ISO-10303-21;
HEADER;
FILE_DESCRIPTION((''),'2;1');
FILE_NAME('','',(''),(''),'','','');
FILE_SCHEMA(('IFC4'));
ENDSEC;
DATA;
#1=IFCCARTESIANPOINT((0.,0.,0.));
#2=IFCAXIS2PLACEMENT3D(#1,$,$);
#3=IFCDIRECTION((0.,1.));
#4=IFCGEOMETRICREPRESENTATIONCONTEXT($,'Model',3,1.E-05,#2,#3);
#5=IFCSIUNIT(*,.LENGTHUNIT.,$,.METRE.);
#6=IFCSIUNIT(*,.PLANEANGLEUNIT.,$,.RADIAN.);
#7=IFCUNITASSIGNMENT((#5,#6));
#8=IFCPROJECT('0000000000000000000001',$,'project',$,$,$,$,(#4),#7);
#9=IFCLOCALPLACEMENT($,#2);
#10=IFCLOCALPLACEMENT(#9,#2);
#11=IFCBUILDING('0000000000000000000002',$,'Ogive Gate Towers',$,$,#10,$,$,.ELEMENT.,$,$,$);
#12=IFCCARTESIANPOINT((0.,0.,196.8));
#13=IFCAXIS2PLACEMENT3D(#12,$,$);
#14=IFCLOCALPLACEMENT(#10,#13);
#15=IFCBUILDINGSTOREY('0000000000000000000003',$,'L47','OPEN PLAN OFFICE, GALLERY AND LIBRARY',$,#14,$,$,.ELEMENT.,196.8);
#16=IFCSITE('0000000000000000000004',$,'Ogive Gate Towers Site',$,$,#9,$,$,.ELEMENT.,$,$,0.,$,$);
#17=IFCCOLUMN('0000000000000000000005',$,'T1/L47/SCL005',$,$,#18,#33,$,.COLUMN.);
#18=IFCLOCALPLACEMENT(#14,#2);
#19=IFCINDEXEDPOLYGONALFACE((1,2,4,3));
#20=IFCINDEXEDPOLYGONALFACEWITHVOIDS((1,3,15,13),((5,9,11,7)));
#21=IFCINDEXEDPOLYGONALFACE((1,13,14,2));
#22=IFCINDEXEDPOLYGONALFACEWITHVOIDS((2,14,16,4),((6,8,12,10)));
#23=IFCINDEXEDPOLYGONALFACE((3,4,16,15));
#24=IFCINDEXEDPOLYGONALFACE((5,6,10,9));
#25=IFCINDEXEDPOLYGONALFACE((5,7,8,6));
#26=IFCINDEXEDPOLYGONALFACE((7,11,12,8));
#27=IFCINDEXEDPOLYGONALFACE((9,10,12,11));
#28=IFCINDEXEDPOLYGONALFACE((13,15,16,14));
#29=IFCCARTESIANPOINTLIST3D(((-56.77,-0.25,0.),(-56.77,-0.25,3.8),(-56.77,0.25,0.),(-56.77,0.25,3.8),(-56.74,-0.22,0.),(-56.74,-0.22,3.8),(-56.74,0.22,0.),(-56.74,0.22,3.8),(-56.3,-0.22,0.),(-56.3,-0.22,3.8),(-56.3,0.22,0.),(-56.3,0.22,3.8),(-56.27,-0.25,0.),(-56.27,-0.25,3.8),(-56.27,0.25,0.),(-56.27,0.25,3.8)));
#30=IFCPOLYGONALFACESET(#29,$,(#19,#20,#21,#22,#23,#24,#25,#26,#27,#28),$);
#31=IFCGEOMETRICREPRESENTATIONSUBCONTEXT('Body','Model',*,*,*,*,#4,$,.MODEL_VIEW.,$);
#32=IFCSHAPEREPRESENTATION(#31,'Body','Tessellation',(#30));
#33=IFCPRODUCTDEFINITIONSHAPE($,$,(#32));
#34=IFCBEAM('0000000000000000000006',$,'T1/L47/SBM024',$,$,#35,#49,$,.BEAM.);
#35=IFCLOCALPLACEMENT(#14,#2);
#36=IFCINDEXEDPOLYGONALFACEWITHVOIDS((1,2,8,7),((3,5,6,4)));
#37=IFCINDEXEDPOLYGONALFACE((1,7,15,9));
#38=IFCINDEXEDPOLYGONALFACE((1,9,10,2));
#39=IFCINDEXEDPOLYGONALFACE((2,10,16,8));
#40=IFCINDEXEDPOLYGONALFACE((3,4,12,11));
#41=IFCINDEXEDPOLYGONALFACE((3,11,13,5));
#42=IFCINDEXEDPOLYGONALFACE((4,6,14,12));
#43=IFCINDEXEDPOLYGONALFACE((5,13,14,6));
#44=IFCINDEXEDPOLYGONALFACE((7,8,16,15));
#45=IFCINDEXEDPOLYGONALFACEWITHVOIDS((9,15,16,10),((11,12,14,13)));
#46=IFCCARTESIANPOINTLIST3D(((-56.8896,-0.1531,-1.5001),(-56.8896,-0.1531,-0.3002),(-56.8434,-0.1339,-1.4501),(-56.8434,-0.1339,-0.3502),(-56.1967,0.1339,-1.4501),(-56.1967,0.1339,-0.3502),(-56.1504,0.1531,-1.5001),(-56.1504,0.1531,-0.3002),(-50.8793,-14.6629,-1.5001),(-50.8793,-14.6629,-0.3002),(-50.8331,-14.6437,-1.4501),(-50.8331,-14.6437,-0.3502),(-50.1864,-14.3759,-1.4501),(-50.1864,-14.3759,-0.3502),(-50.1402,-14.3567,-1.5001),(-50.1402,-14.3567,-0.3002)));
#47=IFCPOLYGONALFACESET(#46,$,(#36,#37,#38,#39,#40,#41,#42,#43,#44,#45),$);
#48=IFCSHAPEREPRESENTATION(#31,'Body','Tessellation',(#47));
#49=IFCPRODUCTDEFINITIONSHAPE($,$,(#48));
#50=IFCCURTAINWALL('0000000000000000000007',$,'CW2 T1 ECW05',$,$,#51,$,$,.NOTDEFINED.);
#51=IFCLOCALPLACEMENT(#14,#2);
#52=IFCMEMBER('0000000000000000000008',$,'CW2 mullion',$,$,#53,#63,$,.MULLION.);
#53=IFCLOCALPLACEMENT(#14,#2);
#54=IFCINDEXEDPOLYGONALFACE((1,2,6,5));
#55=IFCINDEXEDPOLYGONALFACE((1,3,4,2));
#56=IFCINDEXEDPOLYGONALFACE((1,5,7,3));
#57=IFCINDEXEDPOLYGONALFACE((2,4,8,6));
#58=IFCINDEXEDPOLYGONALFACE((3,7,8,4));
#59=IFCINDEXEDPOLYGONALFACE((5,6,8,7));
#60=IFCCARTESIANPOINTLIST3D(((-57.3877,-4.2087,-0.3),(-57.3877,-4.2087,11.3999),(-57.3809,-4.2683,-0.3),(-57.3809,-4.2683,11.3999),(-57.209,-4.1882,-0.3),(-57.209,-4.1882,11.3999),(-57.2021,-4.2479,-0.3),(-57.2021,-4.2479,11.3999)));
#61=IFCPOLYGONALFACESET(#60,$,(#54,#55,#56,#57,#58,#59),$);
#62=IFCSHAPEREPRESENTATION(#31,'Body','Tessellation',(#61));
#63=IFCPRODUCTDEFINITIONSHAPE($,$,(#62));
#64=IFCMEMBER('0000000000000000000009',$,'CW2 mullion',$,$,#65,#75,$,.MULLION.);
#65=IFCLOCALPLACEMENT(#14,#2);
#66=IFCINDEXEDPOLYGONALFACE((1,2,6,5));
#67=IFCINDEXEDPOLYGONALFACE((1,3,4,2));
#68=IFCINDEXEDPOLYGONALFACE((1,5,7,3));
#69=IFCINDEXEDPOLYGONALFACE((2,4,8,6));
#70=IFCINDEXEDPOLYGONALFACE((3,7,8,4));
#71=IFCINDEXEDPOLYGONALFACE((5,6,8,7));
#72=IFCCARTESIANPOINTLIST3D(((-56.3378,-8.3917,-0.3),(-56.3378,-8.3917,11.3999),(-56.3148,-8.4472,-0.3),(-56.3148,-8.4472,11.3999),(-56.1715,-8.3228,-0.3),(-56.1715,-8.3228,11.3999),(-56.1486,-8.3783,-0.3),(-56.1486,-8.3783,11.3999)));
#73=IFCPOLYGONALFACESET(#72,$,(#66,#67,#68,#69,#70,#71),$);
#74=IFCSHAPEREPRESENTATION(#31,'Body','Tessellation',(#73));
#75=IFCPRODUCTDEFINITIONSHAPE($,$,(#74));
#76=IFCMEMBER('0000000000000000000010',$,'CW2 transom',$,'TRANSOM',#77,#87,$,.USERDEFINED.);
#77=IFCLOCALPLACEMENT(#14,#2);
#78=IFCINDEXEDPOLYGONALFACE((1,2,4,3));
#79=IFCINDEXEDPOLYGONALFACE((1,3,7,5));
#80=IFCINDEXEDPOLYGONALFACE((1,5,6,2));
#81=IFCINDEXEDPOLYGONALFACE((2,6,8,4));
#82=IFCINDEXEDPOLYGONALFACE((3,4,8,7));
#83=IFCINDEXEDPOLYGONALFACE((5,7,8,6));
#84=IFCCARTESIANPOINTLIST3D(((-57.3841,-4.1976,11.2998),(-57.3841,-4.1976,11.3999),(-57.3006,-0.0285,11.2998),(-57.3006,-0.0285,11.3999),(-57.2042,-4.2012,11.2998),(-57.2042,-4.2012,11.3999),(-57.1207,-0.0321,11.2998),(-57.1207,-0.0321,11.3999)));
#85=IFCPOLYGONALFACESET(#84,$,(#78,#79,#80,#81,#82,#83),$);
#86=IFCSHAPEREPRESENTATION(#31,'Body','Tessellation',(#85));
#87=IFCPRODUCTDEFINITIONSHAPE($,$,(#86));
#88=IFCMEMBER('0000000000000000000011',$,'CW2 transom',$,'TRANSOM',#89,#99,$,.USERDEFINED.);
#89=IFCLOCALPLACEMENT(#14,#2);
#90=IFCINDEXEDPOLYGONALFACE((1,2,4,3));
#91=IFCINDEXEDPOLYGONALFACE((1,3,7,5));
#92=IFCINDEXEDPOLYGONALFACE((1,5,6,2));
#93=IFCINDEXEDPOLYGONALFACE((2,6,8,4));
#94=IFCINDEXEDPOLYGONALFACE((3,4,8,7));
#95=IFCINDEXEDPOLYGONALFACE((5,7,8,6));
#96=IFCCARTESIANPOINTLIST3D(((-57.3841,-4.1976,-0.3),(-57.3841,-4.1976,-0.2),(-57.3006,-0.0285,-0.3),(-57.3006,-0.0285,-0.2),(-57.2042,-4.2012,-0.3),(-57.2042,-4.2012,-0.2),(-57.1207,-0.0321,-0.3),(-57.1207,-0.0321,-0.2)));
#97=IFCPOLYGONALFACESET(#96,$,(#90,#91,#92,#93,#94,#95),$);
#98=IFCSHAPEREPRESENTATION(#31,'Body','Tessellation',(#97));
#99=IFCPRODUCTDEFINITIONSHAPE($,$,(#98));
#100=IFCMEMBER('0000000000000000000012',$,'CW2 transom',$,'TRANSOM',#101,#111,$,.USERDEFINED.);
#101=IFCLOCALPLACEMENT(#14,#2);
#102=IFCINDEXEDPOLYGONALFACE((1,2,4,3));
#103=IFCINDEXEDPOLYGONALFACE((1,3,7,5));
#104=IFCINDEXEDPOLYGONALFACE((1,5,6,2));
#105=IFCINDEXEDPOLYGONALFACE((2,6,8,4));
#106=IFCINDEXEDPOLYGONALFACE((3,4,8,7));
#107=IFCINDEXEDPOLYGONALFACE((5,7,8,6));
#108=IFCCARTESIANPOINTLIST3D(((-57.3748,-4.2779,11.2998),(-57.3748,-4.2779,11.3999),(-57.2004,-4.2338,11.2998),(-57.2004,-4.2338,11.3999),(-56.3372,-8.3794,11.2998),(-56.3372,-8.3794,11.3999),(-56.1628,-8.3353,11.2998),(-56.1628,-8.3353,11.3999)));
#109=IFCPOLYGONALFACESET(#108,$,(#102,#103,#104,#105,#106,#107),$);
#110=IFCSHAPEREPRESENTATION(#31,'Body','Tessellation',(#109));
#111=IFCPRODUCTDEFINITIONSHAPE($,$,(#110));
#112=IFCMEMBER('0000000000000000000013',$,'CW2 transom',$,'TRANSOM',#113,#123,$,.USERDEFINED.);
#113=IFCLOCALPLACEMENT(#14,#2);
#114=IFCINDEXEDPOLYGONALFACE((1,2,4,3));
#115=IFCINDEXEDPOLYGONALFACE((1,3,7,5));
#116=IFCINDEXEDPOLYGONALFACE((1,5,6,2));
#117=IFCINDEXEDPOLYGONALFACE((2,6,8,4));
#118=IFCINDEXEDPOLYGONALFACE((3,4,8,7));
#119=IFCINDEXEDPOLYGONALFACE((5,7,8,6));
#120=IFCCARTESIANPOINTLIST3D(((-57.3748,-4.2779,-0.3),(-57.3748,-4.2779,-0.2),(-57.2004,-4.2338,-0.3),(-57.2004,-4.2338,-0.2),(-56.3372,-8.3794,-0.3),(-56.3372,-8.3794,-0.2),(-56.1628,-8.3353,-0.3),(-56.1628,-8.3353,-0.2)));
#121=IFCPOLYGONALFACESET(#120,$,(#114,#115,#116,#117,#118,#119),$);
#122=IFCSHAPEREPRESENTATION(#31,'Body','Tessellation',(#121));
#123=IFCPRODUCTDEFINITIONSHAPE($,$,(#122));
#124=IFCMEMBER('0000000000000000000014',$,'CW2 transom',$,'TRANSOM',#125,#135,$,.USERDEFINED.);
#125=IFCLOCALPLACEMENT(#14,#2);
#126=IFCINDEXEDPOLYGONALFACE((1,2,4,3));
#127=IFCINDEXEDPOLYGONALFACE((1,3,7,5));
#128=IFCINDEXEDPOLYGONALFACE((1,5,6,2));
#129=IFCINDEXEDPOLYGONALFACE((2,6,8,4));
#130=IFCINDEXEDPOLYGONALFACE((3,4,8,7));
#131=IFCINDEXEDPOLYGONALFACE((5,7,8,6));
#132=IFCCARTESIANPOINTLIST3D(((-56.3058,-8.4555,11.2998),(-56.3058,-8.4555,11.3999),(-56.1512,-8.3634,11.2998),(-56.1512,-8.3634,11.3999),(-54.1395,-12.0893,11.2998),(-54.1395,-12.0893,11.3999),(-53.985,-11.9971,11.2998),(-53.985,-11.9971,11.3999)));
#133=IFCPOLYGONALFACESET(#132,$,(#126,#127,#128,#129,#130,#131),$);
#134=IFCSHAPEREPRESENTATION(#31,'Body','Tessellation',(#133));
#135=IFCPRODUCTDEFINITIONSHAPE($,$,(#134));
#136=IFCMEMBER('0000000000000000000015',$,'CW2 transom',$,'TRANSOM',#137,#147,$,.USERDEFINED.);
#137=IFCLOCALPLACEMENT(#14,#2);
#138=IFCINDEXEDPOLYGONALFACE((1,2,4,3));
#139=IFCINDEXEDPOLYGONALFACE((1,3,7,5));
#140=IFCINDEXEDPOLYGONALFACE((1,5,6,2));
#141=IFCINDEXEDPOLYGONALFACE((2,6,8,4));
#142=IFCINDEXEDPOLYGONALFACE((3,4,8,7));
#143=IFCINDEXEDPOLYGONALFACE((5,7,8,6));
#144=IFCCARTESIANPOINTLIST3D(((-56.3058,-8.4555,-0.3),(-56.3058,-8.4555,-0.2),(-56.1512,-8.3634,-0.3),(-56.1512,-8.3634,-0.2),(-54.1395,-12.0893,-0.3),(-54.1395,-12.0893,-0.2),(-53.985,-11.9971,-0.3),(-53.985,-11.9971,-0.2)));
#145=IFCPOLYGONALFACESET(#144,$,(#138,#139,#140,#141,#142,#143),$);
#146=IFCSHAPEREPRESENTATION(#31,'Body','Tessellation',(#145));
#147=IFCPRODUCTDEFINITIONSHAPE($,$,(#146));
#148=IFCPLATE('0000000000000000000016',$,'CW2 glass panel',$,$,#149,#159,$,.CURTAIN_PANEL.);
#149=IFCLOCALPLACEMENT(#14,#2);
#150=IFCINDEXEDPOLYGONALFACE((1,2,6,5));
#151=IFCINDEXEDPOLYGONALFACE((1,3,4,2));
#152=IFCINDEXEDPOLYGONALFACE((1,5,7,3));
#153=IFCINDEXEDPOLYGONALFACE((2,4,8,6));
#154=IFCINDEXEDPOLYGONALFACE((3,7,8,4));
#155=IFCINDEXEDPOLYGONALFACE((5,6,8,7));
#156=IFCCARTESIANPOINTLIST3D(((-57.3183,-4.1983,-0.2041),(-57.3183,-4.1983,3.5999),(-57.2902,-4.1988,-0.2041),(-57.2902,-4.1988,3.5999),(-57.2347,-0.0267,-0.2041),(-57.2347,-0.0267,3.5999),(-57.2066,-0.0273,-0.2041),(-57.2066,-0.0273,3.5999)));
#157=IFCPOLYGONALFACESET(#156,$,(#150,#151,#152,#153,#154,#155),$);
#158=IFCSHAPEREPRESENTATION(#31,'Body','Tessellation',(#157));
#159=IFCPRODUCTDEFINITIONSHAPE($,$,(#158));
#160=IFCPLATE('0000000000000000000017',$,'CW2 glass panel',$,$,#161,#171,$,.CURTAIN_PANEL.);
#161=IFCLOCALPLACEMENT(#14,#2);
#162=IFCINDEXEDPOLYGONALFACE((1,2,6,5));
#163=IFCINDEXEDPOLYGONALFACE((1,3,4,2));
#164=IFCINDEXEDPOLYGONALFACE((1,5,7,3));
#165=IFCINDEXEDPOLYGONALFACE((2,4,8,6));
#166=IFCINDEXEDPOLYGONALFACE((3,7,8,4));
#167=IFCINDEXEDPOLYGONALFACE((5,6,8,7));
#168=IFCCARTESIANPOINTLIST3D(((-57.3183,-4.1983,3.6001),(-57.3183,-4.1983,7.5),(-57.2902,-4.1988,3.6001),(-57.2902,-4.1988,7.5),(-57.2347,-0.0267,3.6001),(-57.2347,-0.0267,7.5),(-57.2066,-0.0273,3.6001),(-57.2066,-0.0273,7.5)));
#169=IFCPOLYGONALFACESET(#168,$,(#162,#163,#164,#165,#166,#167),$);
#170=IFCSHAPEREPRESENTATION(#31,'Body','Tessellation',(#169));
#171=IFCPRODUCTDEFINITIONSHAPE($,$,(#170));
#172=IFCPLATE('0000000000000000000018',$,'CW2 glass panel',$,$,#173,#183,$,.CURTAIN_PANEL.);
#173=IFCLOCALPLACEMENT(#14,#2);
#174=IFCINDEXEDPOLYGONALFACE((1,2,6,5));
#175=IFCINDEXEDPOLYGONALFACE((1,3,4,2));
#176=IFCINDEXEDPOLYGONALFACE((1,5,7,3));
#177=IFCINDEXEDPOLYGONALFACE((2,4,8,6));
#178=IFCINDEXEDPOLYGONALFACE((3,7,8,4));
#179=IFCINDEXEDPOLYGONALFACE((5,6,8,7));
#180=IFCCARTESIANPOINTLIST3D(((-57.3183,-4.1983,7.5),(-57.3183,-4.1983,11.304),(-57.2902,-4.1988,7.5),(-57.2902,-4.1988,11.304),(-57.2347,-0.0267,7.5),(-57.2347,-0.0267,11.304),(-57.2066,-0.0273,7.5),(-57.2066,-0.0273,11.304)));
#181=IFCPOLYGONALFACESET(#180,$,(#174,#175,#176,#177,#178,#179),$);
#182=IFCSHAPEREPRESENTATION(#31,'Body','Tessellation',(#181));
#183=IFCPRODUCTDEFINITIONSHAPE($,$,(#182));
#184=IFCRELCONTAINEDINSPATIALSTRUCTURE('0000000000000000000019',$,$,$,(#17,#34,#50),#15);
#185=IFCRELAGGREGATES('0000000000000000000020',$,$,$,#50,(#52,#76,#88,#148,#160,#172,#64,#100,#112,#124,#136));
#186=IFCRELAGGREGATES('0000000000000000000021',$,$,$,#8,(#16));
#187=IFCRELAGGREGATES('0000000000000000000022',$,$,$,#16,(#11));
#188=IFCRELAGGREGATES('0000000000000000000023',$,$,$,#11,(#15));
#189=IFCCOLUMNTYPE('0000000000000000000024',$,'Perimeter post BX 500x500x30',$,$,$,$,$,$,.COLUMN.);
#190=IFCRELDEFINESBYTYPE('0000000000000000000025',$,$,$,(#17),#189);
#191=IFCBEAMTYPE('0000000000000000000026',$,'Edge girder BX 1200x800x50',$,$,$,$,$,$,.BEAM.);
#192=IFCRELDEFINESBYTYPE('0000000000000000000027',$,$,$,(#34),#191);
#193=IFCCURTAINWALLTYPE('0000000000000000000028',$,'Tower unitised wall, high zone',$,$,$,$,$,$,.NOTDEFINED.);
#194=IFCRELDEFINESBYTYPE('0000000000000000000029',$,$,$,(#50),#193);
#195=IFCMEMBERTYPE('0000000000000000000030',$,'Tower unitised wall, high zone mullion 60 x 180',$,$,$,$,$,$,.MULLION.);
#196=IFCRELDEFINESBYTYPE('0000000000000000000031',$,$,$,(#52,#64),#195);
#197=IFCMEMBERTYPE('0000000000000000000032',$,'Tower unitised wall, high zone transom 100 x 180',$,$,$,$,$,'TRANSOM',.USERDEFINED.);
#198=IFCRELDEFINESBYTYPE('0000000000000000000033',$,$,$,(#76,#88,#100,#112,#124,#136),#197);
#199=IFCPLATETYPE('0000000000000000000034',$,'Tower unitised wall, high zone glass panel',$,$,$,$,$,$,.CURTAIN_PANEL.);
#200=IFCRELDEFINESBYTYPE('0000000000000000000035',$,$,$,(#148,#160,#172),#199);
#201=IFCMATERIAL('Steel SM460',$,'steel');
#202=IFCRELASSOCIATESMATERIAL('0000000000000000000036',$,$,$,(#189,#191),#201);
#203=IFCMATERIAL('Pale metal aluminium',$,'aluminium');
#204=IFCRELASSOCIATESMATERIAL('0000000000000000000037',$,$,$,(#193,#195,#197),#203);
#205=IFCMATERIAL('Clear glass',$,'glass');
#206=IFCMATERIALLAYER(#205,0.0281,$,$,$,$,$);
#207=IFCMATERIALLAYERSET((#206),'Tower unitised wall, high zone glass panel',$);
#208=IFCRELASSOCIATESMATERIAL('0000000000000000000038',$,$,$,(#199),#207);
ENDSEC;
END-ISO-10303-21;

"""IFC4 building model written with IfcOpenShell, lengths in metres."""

from ifc_helpers import new_model, si_unit, direction, frame, origin, origin_2d, place, context, subcontext, project, spatial, rectangle, hollow_rectangle, extrude, material, layer, layer_set, material_profile, profile_set, type_object, element, aggregate, save


model = new_model("IFC4")

# Units and contexts
model_context = context("Model", 3, precision=1e-05, world=origin(), true_north=direction((0.0, 1.0)))
body_context = subcontext(model_context, "Body", "Model", "MODEL_VIEW")
ifc_project = project(units=[si_unit("LENGTHUNIT", "METRE"), si_unit("PLANEANGLEUNIT", "RADIAN")], contexts=[model_context])

# Site, building, storey
site_placement = place(None, origin())
site = spatial("IfcSite", under=ifc_project, at=site_placement, Name="Ogive Gate Towers Site", CompositionType="ELEMENT", RefElevation=0.0)
building_placement = place(site_placement, origin())
building = spatial("IfcBuilding", under=site, at=building_placement, Name="Ogive Gate Towers", CompositionType="ELEMENT")
storey_placement = place(building_placement, frame((0.0, 0.0, 196.8)))
storey = spatial("IfcBuildingStorey", under=building, at=storey_placement, Name="L47", Description="OPEN PLAN OFFICE, GALLERY AND LIBRARY", CompositionType="ELEMENT", Elevation=196.8)

# Column
ifc_material_1 = material(Name="Steel SM460", Category="steel")
ifc_material_profile_1 = material_profile(ifc_material_1, hollow_rectangle(XDim=0.5, YDim=0.5, WallThickness=0.03, at=origin_2d()), Name="BX 500x500x30")
ifc_profile_set_1 = profile_set([ifc_material_profile_1], Name="Steel SM460")
column_type = type_object("IfcColumnType", Name="Perimeter post BX 500x500x30", PredefinedType="COLUMN", material=ifc_profile_set_1)
column_placement = place(storey_placement, frame((-56.52, 0.0, 0.0), z_axis=(0.0, 0.0, 1.0), x_axis=(1.0, 0.0, 0.0)))
element("IfcColumn", 1, at=column_placement, inside=storey, type_object=column_type, Name="T1/L47/SCL005", PredefinedType="COLUMN", context=body_context, shape_type="SweptSolid", body=[
    extrude(hollow_rectangle(XDim=0.5, YDim=0.5, WallThickness=0.03, at=origin_2d()), origin(), (0.0, 0.0, 1.0), 3.8),
])

# Beam
ifc_material_profile_2 = material_profile(ifc_material_1, hollow_rectangle(XDim=0.8, YDim=1.2, WallThickness=0.05, at=origin_2d()), Name="BX 1200x800x50")
ifc_profile_set_2 = profile_set([ifc_material_profile_2], Name="Steel SM460")
beam_type = type_object("IfcBeamType", Name="Edge girder BX 1200x800x50", PredefinedType="BEAM", material=ifc_profile_set_2)
beam_placement = place(storey_placement, frame((-56.52, 0.0, -0.9001), z_axis=(0.38269, -0.923877, 0.0), x_axis=(0.923877, 0.38269, 0.0)))
element("IfcBeam", 2, at=beam_placement, inside=storey, type_object=beam_type, Name="T1/L47/SBM024", PredefinedType="BEAM", context=body_context, shape_type="SweptSolid", body=[
    extrude(hollow_rectangle(XDim=0.8, YDim=1.2, WallThickness=0.05, at=origin_2d()), origin(), (0.0, 0.0, 1.0), 15.7053),
])

# Curtain wall, members, plates
ifc_material_2 = material(Name="Pale metal aluminium", Category="aluminium")
curtain_wall_type = type_object("IfcCurtainWallType", Name="Tower unitised wall, high zone", PredefinedType="NOTDEFINED", material=ifc_material_2)
curtain_wall_placement = place(storey_placement, origin())
curtain_wall = element("IfcCurtainWall", 3, at=curtain_wall_placement, inside=storey, type_object=curtain_wall_type, Name="CW2 T1 ECW05", PredefinedType="NOTDEFINED")
ifc_material_profile_3 = material_profile(ifc_material_2, rectangle(XDim=0.1799, YDim=0.0601, at=origin_2d()), Name="60 x 180 aluminium box")
ifc_profile_set_3 = profile_set([ifc_material_profile_3], Name="Pale metal aluminium")
member_type_1 = type_object("IfcMemberType", Name="Tower unitised wall, high zone mullion 60 x 180", PredefinedType="MULLION", material=ifc_profile_set_3)
member_1_placement = place(storey_placement, frame((-57.2949, -4.2283, -0.3), z_axis=(0.0, 0.0, 1.0), x_axis=(-0.993522, -0.113637, 0.0)))
member_1 = element("IfcMember", 4, at=member_1_placement, type_object=member_type_1, Name="CW2 mullion", PredefinedType="MULLION", context=body_context, shape_type="SweptSolid", body=[
    extrude(rectangle(XDim=0.1799, YDim=0.0601, at=origin_2d()), origin(), (0.0, 0.0, 1.0), 11.7),
])
member_2_placement = place(storey_placement, frame((-56.2432, -8.385, -0.3), z_axis=(0.0, 0.0, 1.0), x_axis=(-0.92388, -0.382683, 0.0)))
member_2 = element("IfcMember", 5, at=member_2_placement, type_object=member_type_1, Name="CW2 mullion", PredefinedType="MULLION", context=body_context, shape_type="SweptSolid", body=[
    extrude(rectangle(XDim=0.1799, YDim=0.0601, at=origin_2d()), origin(), (0.0, 0.0, 1.0), 11.7),
])
ifc_material_profile_4 = material_profile(ifc_material_2, rectangle(XDim=0.1799, YDim=0.1001, at=origin_2d()), Name="100 x 180 aluminium box")
ifc_profile_set_4 = profile_set([ifc_material_profile_4], Name="Pale metal aluminium")
member_type_2 = type_object("IfcMemberType", Name="Tower unitised wall, high zone transom 100 x 180", ElementType="TRANSOM", PredefinedType="USERDEFINED", material=ifc_profile_set_4)
member_3_placement = place(storey_placement, frame((-57.2107, -0.0303, 11.3499), z_axis=(-0.020023, -0.9998, 0.0), x_axis=(0.9998, -0.020023, 0.0)))
member_3 = element("IfcMember", 6, at=member_3_placement, type_object=member_type_2, Name="CW2 transom", ObjectType="TRANSOM", PredefinedType="USERDEFINED", context=body_context, shape_type="SweptSolid", body=[
    extrude(rectangle(XDim=0.1799, YDim=0.1001, at=origin_2d()), origin(), (0.0, 0.0, 1.0), 4.1699),
])
member_4_placement = place(storey_placement, frame((-57.2107, -0.0303, -0.25), z_axis=(-0.020023, -0.9998, 0.0), x_axis=(0.9998, -0.020023, 0.0)))
member_4 = element("IfcMember", 7, at=member_4_placement, type_object=member_type_2, Name="CW2 transom", ObjectType="TRANSOM", PredefinedType="USERDEFINED", context=body_context, shape_type="SweptSolid", body=[
    extrude(rectangle(XDim=0.1799, YDim=0.1001, at=origin_2d()), origin(), (0.0, 0.0, 1.0), 4.1699),
])
member_5_placement = place(storey_placement, frame((-57.2876, -4.2559, 11.3499), z_axis=(0.24525, -0.96946, 0.0), x_axis=(0.96946, 0.24525, 0.0)))
member_5 = element("IfcMember", 8, at=member_5_placement, type_object=member_type_2, Name="CW2 transom", ObjectType="TRANSOM", PredefinedType="USERDEFINED", context=body_context, shape_type="SweptSolid", body=[
    extrude(rectangle(XDim=0.1799, YDim=0.1001, at=origin_2d()), origin(), (0.0, 0.0, 1.0), 4.2307),
])
member_6_placement = place(storey_placement, frame((-57.2876, -4.2559, -0.25), z_axis=(0.24525, -0.96946, 0.0), x_axis=(0.96946, 0.24525, 0.0)))
member_6 = element("IfcMember", 9, at=member_6_placement, type_object=member_type_2, Name="CW2 transom", ObjectType="TRANSOM", PredefinedType="USERDEFINED", context=body_context, shape_type="SweptSolid", body=[
    extrude(rectangle(XDim=0.1799, YDim=0.1001, at=origin_2d()), origin(), (0.0, 0.0, 1.0), 4.2307),
])
member_7_placement = place(storey_placement, frame((-56.2285, -8.4094, 11.3499), z_axis=(0.512058, -0.858951, 0.0), x_axis=(0.858951, 0.512058, 0.0)))
member_7 = element("IfcMember", 10, at=member_7_placement, type_object=member_type_2, Name="CW2 transom", ObjectType="TRANSOM", PredefinedType="USERDEFINED", context=body_context, shape_type="SweptSolid", body=[
    extrude(rectangle(XDim=0.1799, YDim=0.1001, at=origin_2d()), origin(), (0.0, 0.0, 1.0), 4.2305),
])
member_8_placement = place(storey_placement, frame((-56.2285, -8.4094, -0.25), z_axis=(0.512058, -0.858951, 0.0), x_axis=(0.858951, 0.512058, 0.0)))
member_8 = element("IfcMember", 11, at=member_8_placement, type_object=member_type_2, Name="CW2 transom", ObjectType="TRANSOM", PredefinedType="USERDEFINED", context=body_context, shape_type="SweptSolid", body=[
    extrude(rectangle(XDim=0.1799, YDim=0.1001, at=origin_2d()), origin(), (0.0, 0.0, 1.0), 4.2305),
])
ifc_material_3 = material(Name="Clear glass", Category="glass")
ifc_layer_1 = layer(ifc_material_3, 0.0281)
ifc_layer_set_1 = layer_set([ifc_layer_1], Name="Tower unitised wall, high zone glass panel")
plate_type = type_object("IfcPlateType", Name="Tower unitised wall, high zone glass panel", PredefinedType="CURTAIN_PANEL", material=ifc_layer_set_1)
plate_1_placement = place(storey_placement, frame((-57.2625, -2.1128, -0.2041), z_axis=(0.0, 0.0, 1.0), x_axis=(-0.020052, -0.999799, 0.0)))
plate_1 = element("IfcPlate", 12, at=plate_1_placement, type_object=plate_type, Name="CW2 glass panel", PredefinedType="CURTAIN_PANEL", context=body_context, shape_type="SweptSolid", body=[
    extrude(rectangle(XDim=4.1724, YDim=0.0281, at=origin_2d()), origin(), (0.0, 0.0, 1.0), 3.804),
])
plate_2_placement = place(storey_placement, frame((-57.2625, -2.1128, 3.6001), z_axis=(0.0, 0.0, 1.0), x_axis=(-0.020052, -0.999799, 0.0)))
plate_2 = element("IfcPlate", 13, at=plate_2_placement, type_object=plate_type, Name="CW2 glass panel", PredefinedType="CURTAIN_PANEL", context=body_context, shape_type="SweptSolid", body=[
    extrude(rectangle(XDim=4.1724, YDim=0.0281, at=origin_2d()), origin(), (0.0, 0.0, 1.0), 3.8999),
])
plate_3_placement = place(storey_placement, frame((-57.2625, -2.1128, 7.5), z_axis=(0.0, 0.0, 1.0), x_axis=(-0.020052, -0.999799, 0.0)))
plate_3 = element("IfcPlate", 14, at=plate_3_placement, type_object=plate_type, Name="CW2 glass panel", PredefinedType="CURTAIN_PANEL", context=body_context, shape_type="SweptSolid", body=[
    extrude(rectangle(XDim=4.1724, YDim=0.0281, at=origin_2d()), origin(), (0.0, 0.0, 1.0), 3.804),
])
aggregate(curtain_wall, [member_1, member_3, member_4, plate_1, plate_2, plate_3, member_2, member_5, member_6, member_7, member_8])

save(model, "model.ifc")
